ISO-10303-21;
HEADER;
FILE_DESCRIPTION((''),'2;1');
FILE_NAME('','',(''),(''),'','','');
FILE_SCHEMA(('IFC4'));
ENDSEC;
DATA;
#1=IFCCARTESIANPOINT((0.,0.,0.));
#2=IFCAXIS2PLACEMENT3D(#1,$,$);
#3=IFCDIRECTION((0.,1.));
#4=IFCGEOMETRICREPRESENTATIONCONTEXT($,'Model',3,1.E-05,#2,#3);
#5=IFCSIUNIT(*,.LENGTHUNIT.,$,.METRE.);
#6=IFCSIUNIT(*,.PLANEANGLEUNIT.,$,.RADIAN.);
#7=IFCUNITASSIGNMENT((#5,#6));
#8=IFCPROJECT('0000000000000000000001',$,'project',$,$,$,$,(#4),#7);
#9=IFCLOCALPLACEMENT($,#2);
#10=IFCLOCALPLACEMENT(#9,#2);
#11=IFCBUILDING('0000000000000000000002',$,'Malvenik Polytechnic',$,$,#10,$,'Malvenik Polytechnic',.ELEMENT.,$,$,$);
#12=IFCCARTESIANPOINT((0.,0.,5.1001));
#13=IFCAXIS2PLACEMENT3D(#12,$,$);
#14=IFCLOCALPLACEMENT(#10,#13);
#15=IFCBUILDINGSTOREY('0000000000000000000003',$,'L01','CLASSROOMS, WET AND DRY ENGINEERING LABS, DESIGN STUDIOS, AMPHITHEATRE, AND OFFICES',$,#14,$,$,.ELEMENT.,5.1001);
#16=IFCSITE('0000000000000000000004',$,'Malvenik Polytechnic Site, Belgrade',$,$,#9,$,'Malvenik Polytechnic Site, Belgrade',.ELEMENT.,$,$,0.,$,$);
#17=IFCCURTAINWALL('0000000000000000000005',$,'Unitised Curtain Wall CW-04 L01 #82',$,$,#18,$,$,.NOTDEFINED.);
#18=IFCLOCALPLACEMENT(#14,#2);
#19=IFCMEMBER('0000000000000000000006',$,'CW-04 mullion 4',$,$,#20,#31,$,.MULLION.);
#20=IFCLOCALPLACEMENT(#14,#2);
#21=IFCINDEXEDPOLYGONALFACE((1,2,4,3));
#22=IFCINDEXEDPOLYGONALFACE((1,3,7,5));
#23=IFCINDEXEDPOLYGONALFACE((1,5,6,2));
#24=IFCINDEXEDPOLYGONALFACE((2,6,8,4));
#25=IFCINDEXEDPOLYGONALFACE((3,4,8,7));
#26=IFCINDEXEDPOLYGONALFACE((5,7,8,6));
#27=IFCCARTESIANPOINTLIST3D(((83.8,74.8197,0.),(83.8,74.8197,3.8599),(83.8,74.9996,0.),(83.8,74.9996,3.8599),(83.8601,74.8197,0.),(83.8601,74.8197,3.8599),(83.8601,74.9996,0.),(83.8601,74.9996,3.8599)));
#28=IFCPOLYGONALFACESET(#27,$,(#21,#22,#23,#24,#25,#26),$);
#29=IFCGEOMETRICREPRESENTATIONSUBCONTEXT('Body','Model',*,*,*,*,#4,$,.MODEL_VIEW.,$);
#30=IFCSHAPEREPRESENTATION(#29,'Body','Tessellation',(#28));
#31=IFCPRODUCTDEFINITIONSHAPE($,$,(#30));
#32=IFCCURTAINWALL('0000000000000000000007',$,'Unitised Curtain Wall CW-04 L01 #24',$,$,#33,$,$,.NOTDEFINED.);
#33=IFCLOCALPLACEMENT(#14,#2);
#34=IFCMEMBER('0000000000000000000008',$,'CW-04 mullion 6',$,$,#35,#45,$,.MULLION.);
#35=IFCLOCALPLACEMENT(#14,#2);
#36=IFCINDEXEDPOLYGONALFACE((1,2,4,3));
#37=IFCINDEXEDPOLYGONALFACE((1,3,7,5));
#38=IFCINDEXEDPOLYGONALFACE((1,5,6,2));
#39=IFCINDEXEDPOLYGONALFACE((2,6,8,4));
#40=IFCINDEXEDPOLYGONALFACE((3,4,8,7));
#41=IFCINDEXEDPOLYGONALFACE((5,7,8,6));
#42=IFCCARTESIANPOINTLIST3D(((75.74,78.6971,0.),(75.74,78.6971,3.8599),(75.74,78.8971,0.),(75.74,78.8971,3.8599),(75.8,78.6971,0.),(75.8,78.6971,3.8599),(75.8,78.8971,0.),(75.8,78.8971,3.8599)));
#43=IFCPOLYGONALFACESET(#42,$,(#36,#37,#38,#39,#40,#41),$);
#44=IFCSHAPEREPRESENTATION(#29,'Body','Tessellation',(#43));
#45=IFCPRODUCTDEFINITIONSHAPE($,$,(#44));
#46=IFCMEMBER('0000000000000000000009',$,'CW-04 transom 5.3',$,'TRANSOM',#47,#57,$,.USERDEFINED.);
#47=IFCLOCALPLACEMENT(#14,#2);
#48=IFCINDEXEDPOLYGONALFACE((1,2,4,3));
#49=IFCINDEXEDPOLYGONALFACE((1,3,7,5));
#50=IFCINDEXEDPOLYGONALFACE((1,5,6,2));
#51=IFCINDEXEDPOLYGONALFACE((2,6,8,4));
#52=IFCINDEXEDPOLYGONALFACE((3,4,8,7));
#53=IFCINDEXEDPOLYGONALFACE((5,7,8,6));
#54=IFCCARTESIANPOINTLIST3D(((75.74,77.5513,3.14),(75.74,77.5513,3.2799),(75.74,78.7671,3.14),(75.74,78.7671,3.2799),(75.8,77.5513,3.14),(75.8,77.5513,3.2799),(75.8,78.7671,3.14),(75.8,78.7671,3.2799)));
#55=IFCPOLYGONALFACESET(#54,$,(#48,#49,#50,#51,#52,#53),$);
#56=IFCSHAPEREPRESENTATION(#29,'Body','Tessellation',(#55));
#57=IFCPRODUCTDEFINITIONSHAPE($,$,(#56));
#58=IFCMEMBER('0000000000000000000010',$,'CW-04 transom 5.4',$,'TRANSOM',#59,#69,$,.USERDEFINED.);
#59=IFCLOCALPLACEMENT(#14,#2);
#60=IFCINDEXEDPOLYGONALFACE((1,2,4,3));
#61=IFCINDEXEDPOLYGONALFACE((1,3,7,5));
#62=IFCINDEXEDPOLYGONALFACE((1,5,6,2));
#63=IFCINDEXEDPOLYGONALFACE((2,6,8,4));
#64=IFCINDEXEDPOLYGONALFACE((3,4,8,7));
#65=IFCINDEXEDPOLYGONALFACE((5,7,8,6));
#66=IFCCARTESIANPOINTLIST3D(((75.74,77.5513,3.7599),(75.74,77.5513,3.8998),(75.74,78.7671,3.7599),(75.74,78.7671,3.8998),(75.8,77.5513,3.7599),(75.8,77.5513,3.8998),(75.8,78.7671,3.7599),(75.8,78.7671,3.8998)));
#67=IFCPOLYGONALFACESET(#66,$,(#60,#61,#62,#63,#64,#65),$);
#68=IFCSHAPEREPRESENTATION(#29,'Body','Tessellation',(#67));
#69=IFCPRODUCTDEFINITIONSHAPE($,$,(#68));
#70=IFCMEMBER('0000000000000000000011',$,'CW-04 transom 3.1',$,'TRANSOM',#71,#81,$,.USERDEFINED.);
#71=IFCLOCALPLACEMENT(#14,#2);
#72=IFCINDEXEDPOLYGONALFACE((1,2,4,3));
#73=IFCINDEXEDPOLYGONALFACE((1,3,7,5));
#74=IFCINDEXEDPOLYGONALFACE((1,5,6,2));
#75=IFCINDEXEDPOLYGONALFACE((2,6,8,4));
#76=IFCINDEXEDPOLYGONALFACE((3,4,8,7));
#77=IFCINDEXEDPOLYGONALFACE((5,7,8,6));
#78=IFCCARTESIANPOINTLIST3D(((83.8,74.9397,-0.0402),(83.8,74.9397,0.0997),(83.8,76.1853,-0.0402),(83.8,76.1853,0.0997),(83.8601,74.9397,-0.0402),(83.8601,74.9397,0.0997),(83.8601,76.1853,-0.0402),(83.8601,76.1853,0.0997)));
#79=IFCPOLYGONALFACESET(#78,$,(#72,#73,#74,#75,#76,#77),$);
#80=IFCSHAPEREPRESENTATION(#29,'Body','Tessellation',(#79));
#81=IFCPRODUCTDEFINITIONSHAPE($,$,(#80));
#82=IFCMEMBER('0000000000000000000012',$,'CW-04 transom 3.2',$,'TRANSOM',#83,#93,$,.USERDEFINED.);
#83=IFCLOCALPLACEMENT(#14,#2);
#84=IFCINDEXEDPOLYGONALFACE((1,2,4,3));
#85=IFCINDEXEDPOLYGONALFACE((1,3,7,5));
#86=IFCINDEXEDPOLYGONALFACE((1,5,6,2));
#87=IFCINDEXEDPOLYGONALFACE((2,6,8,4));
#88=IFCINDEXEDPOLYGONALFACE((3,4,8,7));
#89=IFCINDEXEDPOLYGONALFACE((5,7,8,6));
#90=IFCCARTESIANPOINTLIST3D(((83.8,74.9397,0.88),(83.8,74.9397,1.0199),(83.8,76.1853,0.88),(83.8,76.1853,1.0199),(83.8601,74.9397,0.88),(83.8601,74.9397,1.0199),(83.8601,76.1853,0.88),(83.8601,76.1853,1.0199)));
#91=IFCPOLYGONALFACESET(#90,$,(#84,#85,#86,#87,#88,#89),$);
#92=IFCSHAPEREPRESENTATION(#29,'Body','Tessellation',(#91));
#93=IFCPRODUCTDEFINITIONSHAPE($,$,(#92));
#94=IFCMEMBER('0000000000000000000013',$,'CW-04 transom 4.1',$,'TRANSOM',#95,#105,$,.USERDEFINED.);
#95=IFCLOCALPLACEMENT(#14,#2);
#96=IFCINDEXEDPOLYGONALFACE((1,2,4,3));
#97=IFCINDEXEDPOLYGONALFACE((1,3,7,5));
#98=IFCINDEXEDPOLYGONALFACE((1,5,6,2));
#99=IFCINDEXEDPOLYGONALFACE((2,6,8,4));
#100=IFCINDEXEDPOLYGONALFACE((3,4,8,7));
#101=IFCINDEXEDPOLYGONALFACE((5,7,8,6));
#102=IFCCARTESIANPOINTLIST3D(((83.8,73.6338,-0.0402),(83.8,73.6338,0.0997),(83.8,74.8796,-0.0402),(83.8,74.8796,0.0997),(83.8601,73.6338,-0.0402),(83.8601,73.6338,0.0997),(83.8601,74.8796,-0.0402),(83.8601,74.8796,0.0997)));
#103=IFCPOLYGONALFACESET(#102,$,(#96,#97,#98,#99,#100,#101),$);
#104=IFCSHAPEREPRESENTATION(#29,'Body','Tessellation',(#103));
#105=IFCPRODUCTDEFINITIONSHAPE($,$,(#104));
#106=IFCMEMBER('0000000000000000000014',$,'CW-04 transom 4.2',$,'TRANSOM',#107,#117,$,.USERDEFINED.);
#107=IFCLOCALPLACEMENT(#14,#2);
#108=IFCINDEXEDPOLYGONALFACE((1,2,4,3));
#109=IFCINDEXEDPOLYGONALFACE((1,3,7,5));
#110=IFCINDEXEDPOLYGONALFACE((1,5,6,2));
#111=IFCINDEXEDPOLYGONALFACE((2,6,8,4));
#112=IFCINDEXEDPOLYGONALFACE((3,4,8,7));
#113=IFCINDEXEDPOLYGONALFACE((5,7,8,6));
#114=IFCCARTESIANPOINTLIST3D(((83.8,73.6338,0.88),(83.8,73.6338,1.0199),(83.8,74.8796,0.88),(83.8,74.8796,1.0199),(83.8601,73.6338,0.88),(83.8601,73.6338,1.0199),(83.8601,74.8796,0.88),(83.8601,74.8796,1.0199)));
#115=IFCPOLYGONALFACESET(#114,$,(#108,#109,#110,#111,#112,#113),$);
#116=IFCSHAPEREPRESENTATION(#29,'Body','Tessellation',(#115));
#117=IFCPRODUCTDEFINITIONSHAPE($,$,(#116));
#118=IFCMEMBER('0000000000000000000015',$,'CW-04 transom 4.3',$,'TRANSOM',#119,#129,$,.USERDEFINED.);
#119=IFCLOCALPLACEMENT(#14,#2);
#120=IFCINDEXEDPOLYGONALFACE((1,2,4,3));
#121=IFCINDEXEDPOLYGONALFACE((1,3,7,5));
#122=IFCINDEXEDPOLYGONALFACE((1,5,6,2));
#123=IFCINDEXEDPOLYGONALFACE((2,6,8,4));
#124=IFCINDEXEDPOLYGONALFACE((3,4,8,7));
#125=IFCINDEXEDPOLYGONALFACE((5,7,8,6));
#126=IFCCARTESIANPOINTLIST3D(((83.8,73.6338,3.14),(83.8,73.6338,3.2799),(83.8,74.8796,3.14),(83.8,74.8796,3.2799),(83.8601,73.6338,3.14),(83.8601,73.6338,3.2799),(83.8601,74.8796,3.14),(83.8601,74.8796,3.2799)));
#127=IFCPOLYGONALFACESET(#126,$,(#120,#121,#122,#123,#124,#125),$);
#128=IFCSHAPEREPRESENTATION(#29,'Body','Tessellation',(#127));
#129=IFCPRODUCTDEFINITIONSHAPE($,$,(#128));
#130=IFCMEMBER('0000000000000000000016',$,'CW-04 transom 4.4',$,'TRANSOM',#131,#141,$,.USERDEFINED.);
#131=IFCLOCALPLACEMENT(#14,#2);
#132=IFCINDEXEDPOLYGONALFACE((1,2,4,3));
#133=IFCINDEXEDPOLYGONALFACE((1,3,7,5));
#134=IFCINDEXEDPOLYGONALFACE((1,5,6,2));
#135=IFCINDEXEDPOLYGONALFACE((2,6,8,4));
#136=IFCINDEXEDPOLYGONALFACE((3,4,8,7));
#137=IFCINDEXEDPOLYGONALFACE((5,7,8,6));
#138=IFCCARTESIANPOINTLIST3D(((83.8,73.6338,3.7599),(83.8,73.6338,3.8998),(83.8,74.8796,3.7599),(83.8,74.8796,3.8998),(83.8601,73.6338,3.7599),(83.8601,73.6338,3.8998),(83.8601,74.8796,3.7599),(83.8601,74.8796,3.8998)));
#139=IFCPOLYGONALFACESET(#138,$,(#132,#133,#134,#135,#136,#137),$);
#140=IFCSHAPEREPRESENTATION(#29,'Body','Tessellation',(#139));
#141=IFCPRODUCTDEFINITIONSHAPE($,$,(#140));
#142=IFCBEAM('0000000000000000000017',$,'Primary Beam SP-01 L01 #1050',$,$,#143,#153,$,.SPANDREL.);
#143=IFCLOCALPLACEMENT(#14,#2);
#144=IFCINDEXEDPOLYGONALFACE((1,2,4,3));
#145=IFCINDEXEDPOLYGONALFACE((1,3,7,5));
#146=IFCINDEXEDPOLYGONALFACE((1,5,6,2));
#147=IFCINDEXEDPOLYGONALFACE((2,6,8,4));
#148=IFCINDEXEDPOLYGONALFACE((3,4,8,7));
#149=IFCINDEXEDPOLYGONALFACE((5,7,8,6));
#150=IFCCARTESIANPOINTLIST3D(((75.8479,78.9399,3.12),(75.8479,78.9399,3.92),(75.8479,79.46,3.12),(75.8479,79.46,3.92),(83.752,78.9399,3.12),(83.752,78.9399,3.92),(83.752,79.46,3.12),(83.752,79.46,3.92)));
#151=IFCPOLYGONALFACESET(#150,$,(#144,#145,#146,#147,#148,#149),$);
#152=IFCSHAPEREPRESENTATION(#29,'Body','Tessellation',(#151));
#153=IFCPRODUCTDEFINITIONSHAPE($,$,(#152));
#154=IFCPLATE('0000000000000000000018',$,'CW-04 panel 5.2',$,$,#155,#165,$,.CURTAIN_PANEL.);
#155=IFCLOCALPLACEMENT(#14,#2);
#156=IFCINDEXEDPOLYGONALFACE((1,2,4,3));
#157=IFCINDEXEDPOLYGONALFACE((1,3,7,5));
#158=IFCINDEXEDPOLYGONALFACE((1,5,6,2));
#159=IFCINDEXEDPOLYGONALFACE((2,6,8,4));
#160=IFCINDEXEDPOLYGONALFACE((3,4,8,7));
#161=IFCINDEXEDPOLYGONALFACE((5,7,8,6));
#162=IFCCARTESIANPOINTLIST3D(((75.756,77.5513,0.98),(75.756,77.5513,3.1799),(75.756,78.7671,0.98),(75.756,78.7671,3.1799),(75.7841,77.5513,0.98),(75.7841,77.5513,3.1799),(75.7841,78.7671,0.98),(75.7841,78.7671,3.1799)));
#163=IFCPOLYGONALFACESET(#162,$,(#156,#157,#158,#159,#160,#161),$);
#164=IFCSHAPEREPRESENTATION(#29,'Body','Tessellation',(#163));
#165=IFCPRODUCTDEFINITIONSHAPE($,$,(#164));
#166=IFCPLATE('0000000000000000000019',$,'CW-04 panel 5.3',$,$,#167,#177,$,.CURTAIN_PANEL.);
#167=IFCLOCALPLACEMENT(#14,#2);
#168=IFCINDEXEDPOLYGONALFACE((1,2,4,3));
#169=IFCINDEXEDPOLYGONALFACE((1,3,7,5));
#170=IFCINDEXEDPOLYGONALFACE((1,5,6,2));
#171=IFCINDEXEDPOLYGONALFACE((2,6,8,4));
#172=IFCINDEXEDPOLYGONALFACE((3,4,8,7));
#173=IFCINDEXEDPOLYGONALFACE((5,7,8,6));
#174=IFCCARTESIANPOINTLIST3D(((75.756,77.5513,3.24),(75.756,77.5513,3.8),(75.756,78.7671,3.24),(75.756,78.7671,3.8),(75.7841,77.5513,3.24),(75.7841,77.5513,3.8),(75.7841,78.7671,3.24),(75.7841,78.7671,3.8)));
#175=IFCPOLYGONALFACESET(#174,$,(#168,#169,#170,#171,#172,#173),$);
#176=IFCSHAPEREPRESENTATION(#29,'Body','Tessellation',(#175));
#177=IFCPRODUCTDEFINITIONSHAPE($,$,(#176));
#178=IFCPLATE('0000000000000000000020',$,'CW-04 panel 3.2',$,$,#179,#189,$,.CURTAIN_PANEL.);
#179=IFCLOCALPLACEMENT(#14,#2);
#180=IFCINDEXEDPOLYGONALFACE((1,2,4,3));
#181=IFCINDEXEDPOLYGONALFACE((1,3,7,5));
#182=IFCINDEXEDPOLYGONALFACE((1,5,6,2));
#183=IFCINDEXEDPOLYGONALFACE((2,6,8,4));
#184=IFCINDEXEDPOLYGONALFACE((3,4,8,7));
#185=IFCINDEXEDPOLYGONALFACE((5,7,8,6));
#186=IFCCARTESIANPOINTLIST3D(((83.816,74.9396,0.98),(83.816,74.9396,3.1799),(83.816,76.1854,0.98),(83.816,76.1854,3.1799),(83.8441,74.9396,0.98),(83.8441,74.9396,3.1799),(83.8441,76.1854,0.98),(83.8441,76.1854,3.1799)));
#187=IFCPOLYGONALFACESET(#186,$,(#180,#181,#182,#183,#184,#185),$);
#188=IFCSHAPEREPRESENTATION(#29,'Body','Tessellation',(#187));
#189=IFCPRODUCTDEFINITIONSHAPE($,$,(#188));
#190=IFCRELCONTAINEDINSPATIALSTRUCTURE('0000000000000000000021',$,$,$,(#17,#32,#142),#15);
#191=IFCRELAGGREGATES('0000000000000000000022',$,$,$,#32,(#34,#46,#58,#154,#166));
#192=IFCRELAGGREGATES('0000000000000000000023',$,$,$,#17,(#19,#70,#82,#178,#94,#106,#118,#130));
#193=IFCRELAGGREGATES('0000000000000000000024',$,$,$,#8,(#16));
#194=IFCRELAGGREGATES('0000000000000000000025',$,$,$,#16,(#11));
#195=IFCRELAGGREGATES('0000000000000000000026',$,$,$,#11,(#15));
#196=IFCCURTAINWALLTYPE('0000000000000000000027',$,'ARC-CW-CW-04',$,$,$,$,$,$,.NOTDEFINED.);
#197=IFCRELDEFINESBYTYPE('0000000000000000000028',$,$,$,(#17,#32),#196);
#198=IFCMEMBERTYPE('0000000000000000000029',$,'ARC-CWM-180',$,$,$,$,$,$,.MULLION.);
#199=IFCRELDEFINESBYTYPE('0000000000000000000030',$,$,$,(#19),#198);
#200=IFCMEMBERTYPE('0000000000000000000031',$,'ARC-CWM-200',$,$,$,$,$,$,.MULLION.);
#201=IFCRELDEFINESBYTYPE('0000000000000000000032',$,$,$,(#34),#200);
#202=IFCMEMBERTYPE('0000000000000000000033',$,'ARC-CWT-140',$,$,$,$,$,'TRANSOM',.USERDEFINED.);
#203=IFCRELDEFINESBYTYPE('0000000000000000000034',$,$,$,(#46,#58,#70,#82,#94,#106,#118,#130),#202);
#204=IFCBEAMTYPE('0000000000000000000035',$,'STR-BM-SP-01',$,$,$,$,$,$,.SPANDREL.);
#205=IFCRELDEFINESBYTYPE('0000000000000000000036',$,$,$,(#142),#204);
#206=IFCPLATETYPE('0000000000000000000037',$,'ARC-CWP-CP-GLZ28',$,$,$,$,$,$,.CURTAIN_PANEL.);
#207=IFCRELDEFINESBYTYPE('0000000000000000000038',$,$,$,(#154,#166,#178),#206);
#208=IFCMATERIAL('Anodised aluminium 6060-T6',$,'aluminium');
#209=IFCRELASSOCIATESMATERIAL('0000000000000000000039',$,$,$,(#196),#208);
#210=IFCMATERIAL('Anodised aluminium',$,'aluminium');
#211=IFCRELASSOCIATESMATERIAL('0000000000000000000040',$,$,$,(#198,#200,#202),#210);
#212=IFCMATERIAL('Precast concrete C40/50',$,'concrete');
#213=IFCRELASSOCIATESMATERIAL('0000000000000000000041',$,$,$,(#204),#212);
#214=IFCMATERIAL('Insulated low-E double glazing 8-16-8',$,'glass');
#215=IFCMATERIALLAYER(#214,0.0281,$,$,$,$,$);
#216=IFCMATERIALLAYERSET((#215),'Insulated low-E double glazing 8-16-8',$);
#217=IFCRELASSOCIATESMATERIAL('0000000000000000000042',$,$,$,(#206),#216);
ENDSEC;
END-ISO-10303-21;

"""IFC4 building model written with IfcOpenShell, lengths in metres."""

from ifc_helpers import new_model, si_unit, direction, frame, origin, origin_2d, place, context, subcontext, project, spatial, rectangle, extrude, material, layer, layer_set, material_profile, profile_set, type_object, element, aggregate, save


model = new_model("IFC4")

# Units and contexts
model_context = context("Model", 3, precision=1e-05, world=origin(), true_north=direction((0.0, 1.0)))
body_context = subcontext(model_context, "Body", "Model", "MODEL_VIEW")
ifc_project = project(units=[si_unit("LENGTHUNIT", "METRE"), si_unit("PLANEANGLEUNIT", "RADIAN")], contexts=[model_context])

# Site, building, storey
site_placement = place(None, origin())
site = spatial("IfcSite", under=ifc_project, at=site_placement, Name="Malvenik Polytechnic Site, Belgrade", LongName="Malvenik Polytechnic Site, Belgrade", CompositionType="ELEMENT", RefElevation=0.0)
building_placement = place(site_placement, origin())
building = spatial("IfcBuilding", under=site, at=building_placement, Name="Malvenik Polytechnic", LongName="Malvenik Polytechnic", CompositionType="ELEMENT")
storey_placement = place(building_placement, frame((0.0, 0.0, 5.1001)))
storey = spatial("IfcBuildingStorey", under=building, at=storey_placement, Name="L01", Description="CLASSROOMS, WET AND DRY ENGINEERING LABS, DESIGN STUDIOS, AMPHITHEATRE, AND OFFICES", CompositionType="ELEMENT", Elevation=5.1001)

# Curtain wall, member
ifc_material_1 = material(Name="Anodised aluminium 6060-T6", Category="aluminium")
curtain_wall_type = type_object("IfcCurtainWallType", Name="ARC-CW-CW-04", PredefinedType="NOTDEFINED", material=ifc_material_1)
curtain_wall_1_placement = place(storey_placement, origin())
curtain_wall_1 = element("IfcCurtainWall", 1, at=curtain_wall_1_placement, inside=storey, type_object=curtain_wall_type, Name="Unitised Curtain Wall CW-04 L01 #82", PredefinedType="NOTDEFINED")
ifc_material_2 = material(Name="Anodised aluminium", Category="aluminium")
ifc_material_profile_1 = material_profile(ifc_material_2, rectangle(XDim=0.0601, YDim=0.1799, at=origin_2d()), Name="ALU MULLION 60x180")
ifc_profile_set_1 = profile_set([ifc_material_profile_1], Name="Anodised aluminium")
member_type_1 = type_object("IfcMemberType", Name="ARC-CWM-180", PredefinedType="MULLION", material=ifc_profile_set_1)
member_1_placement = place(storey_placement, frame((83.8301, 74.9097, 0.0), z_axis=(0.0, 0.0, 1.0), x_axis=(1.0, 0.0, 0.0)))
member_1 = element("IfcMember", 2, at=member_1_placement, type_object=member_type_1, Name="CW-04 mullion 4", PredefinedType="MULLION", context=body_context, shape_type="SweptSolid", body=[
    extrude(rectangle(XDim=0.0601, YDim=0.1799, at=origin_2d()), origin(), (0.0, 0.0, 1.0), 3.8599),
])

# Curtain wall, members
curtain_wall_2_placement = place(storey_placement, origin())
curtain_wall_2 = element("IfcCurtainWall", 3, at=curtain_wall_2_placement, inside=storey, type_object=curtain_wall_type, Name="Unitised Curtain Wall CW-04 L01 #24", PredefinedType="NOTDEFINED")
ifc_material_profile_2 = material_profile(ifc_material_2, rectangle(XDim=0.0601, YDim=0.2, at=origin_2d()), Name="ALU MULLION 60x200")
ifc_profile_set_2 = profile_set([ifc_material_profile_2], Name="Anodised aluminium")
member_type_2 = type_object("IfcMemberType", Name="ARC-CWM-200", PredefinedType="MULLION", material=ifc_profile_set_2)
member_2_placement = place(storey_placement, frame((75.77, 78.7971, 0.0), z_axis=(0.0, 0.0, 1.0), x_axis=(-1.0, 0.0, 0.0)))
member_2 = element("IfcMember", 4, at=member_2_placement, type_object=member_type_2, Name="CW-04 mullion 6", PredefinedType="MULLION", context=body_context, shape_type="SweptSolid", body=[
    extrude(rectangle(XDim=0.0601, YDim=0.2, at=origin_2d()), origin(), (0.0, 0.0, 1.0), 3.8599),
])
ifc_material_profile_3 = material_profile(ifc_material_2, rectangle(XDim=0.0601, YDim=0.1399, at=origin_2d()), Name="ALU TRANSOM 60x140")
ifc_profile_set_3 = profile_set([ifc_material_profile_3], Name="Anodised aluminium")
member_type_3 = type_object("IfcMemberType", Name="ARC-CWT-140", ElementType="TRANSOM", PredefinedType="USERDEFINED", material=ifc_profile_set_3)
member_3_placement = place(storey_placement, frame((75.77, 77.5513, 3.21), z_axis=(0.0, 1.0, 0.0), x_axis=(-1.0, 0.0, 0.0)))
member_3 = element("IfcMember", 5, at=member_3_placement, type_object=member_type_3, Name="CW-04 transom 5.3", ObjectType="TRANSOM", PredefinedType="USERDEFINED", context=body_context, shape_type="SweptSolid", body=[
    extrude(rectangle(XDim=0.0601, YDim=0.1399, at=origin_2d()), origin(), (0.0, 0.0, 1.0), 1.2158),
])
member_4_placement = place(storey_placement, frame((75.77, 77.5513, 3.8298), z_axis=(0.0, 1.0, 0.0), x_axis=(-1.0, 0.0, 0.0)))
member_4 = element("IfcMember", 6, at=member_4_placement, type_object=member_type_3, Name="CW-04 transom 5.4", ObjectType="TRANSOM", PredefinedType="USERDEFINED", context=body_context, shape_type="SweptSolid", body=[
    extrude(rectangle(XDim=0.0601, YDim=0.1399, at=origin_2d()), origin(), (0.0, 0.0, 1.0), 1.2158),
])

# Members
member_5_placement = place(storey_placement, frame((83.8301, 76.1853, 0.0298), z_axis=(0.0, -1.0, 0.0), x_axis=(1.0, 0.0, 0.0)))
member_5 = element("IfcMember", 7, at=member_5_placement, type_object=member_type_3, Name="CW-04 transom 3.1", ObjectType="TRANSOM", PredefinedType="USERDEFINED", context=body_context, shape_type="SweptSolid", body=[
    extrude(rectangle(XDim=0.0601, YDim=0.1399, at=origin_2d()), origin(), (0.0, 0.0, 1.0), 1.2456),
])
member_6_placement = place(storey_placement, frame((83.8301, 76.1853, 0.95), z_axis=(0.0, -1.0, 0.0), x_axis=(1.0, 0.0, 0.0)))
member_6 = element("IfcMember", 8, at=member_6_placement, type_object=member_type_3, Name="CW-04 transom 3.2", ObjectType="TRANSOM", PredefinedType="USERDEFINED", context=body_context, shape_type="SweptSolid", body=[
    extrude(rectangle(XDim=0.0601, YDim=0.1399, at=origin_2d()), origin(), (0.0, 0.0, 1.0), 1.2456),
])
member_7_placement = place(storey_placement, frame((83.8301, 74.8796, 0.0298), z_axis=(0.0, -1.0, 0.0), x_axis=(1.0, 0.0, 0.0)))
member_7 = element("IfcMember", 9, at=member_7_placement, type_object=member_type_3, Name="CW-04 transom 4.1", ObjectType="TRANSOM", PredefinedType="USERDEFINED", context=body_context, shape_type="SweptSolid", body=[
    extrude(rectangle(XDim=0.0601, YDim=0.1399, at=origin_2d()), origin(), (0.0, 0.0, 1.0), 1.2458),
])
member_8_placement = place(storey_placement, frame((83.8301, 74.8796, 0.95), z_axis=(0.0, -1.0, 0.0), x_axis=(1.0, 0.0, 0.0)))
member_8 = element("IfcMember", 10, at=member_8_placement, type_object=member_type_3, Name="CW-04 transom 4.2", ObjectType="TRANSOM", PredefinedType="USERDEFINED", context=body_context, shape_type="SweptSolid", body=[
    extrude(rectangle(XDim=0.0601, YDim=0.1399, at=origin_2d()), origin(), (0.0, 0.0, 1.0), 1.2458),
])
member_9_placement = place(storey_placement, frame((83.8301, 74.8796, 3.21), z_axis=(0.0, -1.0, 0.0), x_axis=(1.0, 0.0, 0.0)))
member_9 = element("IfcMember", 11, at=member_9_placement, type_object=member_type_3, Name="CW-04 transom 4.3", ObjectType="TRANSOM", PredefinedType="USERDEFINED", context=body_context, shape_type="SweptSolid", body=[
    extrude(rectangle(XDim=0.0601, YDim=0.1399, at=origin_2d()), origin(), (0.0, 0.0, 1.0), 1.2458),
])
member_10_placement = place(storey_placement, frame((83.8301, 74.8796, 3.8298), z_axis=(0.0, -1.0, 0.0), x_axis=(1.0, 0.0, 0.0)))
member_10 = element("IfcMember", 12, at=member_10_placement, type_object=member_type_3, Name="CW-04 transom 4.4", ObjectType="TRANSOM", PredefinedType="USERDEFINED", context=body_context, shape_type="SweptSolid", body=[
    extrude(rectangle(XDim=0.0601, YDim=0.1399, at=origin_2d()), origin(), (0.0, 0.0, 1.0), 1.2458),
])

# Beam
ifc_material_3 = material(Name="Precast concrete C40/50", Category="concrete")
ifc_material_profile_4 = material_profile(ifc_material_3, rectangle(XDim=0.52, YDim=0.8, at=origin_2d()), Name="PC SPN 520x800")
ifc_profile_set_4 = profile_set([ifc_material_profile_4], Name="Precast concrete C40/50")
beam_type = type_object("IfcBeamType", Name="STR-BM-SP-01", PredefinedType="SPANDREL", material=ifc_profile_set_4)
beam_placement = place(storey_placement, frame((75.8479, 79.2, 3.52), z_axis=(1.0, 0.0, 0.0), x_axis=(0.0, 1.0, 0.0)))
element("IfcBeam", 13, at=beam_placement, inside=storey, type_object=beam_type, Name="Primary Beam SP-01 L01 #1050", PredefinedType="SPANDREL", context=body_context, shape_type="SweptSolid", body=[
    extrude(rectangle(XDim=0.52, YDim=0.8, at=origin_2d()), origin(), (0.0, 0.0, 1.0), 7.9041),
])

# Plates
ifc_material_4 = material(Name="Insulated low-E double glazing 8-16-8", Category="glass")
ifc_layer_1 = layer(ifc_material_4, 0.0281)
ifc_layer_set_1 = layer_set([ifc_layer_1], Name="Insulated low-E double glazing 8-16-8")
plate_type_1 = type_object("IfcPlateType", Name="ARC-CWP-CP-GLZ28", PredefinedType="CURTAIN_PANEL", material=ifc_layer_set_1)
plate_1_placement = place(storey_placement, frame((75.77, 78.1592, 0.98), z_axis=(0.0, 0.0, 1.0), x_axis=(0.0, 1.0, 0.0)))
plate_1 = element("IfcPlate", 14, at=plate_1_placement, type_object=plate_type_1, Name="CW-04 panel 5.2", PredefinedType="CURTAIN_PANEL", context=body_context, shape_type="SweptSolid", body=[
    extrude(rectangle(XDim=1.2158, YDim=0.0281, at=origin_2d()), origin(), (0.0, 0.0, 1.0), 2.2),
])
plate_2_placement = place(storey_placement, frame((75.77, 78.1592, 3.24), z_axis=(0.0, 0.0, 1.0), x_axis=(0.0, 1.0, 0.0)))
plate_2 = element("IfcPlate", 15, at=plate_2_placement, type_object=plate_type_1, Name="CW-04 panel 5.3", PredefinedType="CURTAIN_PANEL", context=body_context, shape_type="SweptSolid", body=[
    extrude(rectangle(XDim=1.2158, YDim=0.0281, at=origin_2d()), origin(), (0.0, 0.0, 1.0), 0.5601),
])
plate_3_placement = place(storey_placement, frame((83.8301, 75.5625, 0.98), z_axis=(0.0, 0.0, 1.0), x_axis=(0.0, -1.0, 0.0)))
plate_3 = element("IfcPlate", 16, at=plate_3_placement, type_object=plate_type_1, Name="CW-04 panel 3.2", PredefinedType="CURTAIN_PANEL", context=body_context, shape_type="SweptSolid", body=[
    extrude(rectangle(XDim=1.2458, YDim=0.0281, at=origin_2d()), origin(), (0.0, 0.0, 1.0), 2.2),
])
aggregate(curtain_wall_2, [member_2, member_3, member_4, plate_1, plate_2])
aggregate(curtain_wall_1, [member_1, member_5, member_6, plate_3, member_7, member_8, member_9, member_10])

save(model, "model.ifc")
